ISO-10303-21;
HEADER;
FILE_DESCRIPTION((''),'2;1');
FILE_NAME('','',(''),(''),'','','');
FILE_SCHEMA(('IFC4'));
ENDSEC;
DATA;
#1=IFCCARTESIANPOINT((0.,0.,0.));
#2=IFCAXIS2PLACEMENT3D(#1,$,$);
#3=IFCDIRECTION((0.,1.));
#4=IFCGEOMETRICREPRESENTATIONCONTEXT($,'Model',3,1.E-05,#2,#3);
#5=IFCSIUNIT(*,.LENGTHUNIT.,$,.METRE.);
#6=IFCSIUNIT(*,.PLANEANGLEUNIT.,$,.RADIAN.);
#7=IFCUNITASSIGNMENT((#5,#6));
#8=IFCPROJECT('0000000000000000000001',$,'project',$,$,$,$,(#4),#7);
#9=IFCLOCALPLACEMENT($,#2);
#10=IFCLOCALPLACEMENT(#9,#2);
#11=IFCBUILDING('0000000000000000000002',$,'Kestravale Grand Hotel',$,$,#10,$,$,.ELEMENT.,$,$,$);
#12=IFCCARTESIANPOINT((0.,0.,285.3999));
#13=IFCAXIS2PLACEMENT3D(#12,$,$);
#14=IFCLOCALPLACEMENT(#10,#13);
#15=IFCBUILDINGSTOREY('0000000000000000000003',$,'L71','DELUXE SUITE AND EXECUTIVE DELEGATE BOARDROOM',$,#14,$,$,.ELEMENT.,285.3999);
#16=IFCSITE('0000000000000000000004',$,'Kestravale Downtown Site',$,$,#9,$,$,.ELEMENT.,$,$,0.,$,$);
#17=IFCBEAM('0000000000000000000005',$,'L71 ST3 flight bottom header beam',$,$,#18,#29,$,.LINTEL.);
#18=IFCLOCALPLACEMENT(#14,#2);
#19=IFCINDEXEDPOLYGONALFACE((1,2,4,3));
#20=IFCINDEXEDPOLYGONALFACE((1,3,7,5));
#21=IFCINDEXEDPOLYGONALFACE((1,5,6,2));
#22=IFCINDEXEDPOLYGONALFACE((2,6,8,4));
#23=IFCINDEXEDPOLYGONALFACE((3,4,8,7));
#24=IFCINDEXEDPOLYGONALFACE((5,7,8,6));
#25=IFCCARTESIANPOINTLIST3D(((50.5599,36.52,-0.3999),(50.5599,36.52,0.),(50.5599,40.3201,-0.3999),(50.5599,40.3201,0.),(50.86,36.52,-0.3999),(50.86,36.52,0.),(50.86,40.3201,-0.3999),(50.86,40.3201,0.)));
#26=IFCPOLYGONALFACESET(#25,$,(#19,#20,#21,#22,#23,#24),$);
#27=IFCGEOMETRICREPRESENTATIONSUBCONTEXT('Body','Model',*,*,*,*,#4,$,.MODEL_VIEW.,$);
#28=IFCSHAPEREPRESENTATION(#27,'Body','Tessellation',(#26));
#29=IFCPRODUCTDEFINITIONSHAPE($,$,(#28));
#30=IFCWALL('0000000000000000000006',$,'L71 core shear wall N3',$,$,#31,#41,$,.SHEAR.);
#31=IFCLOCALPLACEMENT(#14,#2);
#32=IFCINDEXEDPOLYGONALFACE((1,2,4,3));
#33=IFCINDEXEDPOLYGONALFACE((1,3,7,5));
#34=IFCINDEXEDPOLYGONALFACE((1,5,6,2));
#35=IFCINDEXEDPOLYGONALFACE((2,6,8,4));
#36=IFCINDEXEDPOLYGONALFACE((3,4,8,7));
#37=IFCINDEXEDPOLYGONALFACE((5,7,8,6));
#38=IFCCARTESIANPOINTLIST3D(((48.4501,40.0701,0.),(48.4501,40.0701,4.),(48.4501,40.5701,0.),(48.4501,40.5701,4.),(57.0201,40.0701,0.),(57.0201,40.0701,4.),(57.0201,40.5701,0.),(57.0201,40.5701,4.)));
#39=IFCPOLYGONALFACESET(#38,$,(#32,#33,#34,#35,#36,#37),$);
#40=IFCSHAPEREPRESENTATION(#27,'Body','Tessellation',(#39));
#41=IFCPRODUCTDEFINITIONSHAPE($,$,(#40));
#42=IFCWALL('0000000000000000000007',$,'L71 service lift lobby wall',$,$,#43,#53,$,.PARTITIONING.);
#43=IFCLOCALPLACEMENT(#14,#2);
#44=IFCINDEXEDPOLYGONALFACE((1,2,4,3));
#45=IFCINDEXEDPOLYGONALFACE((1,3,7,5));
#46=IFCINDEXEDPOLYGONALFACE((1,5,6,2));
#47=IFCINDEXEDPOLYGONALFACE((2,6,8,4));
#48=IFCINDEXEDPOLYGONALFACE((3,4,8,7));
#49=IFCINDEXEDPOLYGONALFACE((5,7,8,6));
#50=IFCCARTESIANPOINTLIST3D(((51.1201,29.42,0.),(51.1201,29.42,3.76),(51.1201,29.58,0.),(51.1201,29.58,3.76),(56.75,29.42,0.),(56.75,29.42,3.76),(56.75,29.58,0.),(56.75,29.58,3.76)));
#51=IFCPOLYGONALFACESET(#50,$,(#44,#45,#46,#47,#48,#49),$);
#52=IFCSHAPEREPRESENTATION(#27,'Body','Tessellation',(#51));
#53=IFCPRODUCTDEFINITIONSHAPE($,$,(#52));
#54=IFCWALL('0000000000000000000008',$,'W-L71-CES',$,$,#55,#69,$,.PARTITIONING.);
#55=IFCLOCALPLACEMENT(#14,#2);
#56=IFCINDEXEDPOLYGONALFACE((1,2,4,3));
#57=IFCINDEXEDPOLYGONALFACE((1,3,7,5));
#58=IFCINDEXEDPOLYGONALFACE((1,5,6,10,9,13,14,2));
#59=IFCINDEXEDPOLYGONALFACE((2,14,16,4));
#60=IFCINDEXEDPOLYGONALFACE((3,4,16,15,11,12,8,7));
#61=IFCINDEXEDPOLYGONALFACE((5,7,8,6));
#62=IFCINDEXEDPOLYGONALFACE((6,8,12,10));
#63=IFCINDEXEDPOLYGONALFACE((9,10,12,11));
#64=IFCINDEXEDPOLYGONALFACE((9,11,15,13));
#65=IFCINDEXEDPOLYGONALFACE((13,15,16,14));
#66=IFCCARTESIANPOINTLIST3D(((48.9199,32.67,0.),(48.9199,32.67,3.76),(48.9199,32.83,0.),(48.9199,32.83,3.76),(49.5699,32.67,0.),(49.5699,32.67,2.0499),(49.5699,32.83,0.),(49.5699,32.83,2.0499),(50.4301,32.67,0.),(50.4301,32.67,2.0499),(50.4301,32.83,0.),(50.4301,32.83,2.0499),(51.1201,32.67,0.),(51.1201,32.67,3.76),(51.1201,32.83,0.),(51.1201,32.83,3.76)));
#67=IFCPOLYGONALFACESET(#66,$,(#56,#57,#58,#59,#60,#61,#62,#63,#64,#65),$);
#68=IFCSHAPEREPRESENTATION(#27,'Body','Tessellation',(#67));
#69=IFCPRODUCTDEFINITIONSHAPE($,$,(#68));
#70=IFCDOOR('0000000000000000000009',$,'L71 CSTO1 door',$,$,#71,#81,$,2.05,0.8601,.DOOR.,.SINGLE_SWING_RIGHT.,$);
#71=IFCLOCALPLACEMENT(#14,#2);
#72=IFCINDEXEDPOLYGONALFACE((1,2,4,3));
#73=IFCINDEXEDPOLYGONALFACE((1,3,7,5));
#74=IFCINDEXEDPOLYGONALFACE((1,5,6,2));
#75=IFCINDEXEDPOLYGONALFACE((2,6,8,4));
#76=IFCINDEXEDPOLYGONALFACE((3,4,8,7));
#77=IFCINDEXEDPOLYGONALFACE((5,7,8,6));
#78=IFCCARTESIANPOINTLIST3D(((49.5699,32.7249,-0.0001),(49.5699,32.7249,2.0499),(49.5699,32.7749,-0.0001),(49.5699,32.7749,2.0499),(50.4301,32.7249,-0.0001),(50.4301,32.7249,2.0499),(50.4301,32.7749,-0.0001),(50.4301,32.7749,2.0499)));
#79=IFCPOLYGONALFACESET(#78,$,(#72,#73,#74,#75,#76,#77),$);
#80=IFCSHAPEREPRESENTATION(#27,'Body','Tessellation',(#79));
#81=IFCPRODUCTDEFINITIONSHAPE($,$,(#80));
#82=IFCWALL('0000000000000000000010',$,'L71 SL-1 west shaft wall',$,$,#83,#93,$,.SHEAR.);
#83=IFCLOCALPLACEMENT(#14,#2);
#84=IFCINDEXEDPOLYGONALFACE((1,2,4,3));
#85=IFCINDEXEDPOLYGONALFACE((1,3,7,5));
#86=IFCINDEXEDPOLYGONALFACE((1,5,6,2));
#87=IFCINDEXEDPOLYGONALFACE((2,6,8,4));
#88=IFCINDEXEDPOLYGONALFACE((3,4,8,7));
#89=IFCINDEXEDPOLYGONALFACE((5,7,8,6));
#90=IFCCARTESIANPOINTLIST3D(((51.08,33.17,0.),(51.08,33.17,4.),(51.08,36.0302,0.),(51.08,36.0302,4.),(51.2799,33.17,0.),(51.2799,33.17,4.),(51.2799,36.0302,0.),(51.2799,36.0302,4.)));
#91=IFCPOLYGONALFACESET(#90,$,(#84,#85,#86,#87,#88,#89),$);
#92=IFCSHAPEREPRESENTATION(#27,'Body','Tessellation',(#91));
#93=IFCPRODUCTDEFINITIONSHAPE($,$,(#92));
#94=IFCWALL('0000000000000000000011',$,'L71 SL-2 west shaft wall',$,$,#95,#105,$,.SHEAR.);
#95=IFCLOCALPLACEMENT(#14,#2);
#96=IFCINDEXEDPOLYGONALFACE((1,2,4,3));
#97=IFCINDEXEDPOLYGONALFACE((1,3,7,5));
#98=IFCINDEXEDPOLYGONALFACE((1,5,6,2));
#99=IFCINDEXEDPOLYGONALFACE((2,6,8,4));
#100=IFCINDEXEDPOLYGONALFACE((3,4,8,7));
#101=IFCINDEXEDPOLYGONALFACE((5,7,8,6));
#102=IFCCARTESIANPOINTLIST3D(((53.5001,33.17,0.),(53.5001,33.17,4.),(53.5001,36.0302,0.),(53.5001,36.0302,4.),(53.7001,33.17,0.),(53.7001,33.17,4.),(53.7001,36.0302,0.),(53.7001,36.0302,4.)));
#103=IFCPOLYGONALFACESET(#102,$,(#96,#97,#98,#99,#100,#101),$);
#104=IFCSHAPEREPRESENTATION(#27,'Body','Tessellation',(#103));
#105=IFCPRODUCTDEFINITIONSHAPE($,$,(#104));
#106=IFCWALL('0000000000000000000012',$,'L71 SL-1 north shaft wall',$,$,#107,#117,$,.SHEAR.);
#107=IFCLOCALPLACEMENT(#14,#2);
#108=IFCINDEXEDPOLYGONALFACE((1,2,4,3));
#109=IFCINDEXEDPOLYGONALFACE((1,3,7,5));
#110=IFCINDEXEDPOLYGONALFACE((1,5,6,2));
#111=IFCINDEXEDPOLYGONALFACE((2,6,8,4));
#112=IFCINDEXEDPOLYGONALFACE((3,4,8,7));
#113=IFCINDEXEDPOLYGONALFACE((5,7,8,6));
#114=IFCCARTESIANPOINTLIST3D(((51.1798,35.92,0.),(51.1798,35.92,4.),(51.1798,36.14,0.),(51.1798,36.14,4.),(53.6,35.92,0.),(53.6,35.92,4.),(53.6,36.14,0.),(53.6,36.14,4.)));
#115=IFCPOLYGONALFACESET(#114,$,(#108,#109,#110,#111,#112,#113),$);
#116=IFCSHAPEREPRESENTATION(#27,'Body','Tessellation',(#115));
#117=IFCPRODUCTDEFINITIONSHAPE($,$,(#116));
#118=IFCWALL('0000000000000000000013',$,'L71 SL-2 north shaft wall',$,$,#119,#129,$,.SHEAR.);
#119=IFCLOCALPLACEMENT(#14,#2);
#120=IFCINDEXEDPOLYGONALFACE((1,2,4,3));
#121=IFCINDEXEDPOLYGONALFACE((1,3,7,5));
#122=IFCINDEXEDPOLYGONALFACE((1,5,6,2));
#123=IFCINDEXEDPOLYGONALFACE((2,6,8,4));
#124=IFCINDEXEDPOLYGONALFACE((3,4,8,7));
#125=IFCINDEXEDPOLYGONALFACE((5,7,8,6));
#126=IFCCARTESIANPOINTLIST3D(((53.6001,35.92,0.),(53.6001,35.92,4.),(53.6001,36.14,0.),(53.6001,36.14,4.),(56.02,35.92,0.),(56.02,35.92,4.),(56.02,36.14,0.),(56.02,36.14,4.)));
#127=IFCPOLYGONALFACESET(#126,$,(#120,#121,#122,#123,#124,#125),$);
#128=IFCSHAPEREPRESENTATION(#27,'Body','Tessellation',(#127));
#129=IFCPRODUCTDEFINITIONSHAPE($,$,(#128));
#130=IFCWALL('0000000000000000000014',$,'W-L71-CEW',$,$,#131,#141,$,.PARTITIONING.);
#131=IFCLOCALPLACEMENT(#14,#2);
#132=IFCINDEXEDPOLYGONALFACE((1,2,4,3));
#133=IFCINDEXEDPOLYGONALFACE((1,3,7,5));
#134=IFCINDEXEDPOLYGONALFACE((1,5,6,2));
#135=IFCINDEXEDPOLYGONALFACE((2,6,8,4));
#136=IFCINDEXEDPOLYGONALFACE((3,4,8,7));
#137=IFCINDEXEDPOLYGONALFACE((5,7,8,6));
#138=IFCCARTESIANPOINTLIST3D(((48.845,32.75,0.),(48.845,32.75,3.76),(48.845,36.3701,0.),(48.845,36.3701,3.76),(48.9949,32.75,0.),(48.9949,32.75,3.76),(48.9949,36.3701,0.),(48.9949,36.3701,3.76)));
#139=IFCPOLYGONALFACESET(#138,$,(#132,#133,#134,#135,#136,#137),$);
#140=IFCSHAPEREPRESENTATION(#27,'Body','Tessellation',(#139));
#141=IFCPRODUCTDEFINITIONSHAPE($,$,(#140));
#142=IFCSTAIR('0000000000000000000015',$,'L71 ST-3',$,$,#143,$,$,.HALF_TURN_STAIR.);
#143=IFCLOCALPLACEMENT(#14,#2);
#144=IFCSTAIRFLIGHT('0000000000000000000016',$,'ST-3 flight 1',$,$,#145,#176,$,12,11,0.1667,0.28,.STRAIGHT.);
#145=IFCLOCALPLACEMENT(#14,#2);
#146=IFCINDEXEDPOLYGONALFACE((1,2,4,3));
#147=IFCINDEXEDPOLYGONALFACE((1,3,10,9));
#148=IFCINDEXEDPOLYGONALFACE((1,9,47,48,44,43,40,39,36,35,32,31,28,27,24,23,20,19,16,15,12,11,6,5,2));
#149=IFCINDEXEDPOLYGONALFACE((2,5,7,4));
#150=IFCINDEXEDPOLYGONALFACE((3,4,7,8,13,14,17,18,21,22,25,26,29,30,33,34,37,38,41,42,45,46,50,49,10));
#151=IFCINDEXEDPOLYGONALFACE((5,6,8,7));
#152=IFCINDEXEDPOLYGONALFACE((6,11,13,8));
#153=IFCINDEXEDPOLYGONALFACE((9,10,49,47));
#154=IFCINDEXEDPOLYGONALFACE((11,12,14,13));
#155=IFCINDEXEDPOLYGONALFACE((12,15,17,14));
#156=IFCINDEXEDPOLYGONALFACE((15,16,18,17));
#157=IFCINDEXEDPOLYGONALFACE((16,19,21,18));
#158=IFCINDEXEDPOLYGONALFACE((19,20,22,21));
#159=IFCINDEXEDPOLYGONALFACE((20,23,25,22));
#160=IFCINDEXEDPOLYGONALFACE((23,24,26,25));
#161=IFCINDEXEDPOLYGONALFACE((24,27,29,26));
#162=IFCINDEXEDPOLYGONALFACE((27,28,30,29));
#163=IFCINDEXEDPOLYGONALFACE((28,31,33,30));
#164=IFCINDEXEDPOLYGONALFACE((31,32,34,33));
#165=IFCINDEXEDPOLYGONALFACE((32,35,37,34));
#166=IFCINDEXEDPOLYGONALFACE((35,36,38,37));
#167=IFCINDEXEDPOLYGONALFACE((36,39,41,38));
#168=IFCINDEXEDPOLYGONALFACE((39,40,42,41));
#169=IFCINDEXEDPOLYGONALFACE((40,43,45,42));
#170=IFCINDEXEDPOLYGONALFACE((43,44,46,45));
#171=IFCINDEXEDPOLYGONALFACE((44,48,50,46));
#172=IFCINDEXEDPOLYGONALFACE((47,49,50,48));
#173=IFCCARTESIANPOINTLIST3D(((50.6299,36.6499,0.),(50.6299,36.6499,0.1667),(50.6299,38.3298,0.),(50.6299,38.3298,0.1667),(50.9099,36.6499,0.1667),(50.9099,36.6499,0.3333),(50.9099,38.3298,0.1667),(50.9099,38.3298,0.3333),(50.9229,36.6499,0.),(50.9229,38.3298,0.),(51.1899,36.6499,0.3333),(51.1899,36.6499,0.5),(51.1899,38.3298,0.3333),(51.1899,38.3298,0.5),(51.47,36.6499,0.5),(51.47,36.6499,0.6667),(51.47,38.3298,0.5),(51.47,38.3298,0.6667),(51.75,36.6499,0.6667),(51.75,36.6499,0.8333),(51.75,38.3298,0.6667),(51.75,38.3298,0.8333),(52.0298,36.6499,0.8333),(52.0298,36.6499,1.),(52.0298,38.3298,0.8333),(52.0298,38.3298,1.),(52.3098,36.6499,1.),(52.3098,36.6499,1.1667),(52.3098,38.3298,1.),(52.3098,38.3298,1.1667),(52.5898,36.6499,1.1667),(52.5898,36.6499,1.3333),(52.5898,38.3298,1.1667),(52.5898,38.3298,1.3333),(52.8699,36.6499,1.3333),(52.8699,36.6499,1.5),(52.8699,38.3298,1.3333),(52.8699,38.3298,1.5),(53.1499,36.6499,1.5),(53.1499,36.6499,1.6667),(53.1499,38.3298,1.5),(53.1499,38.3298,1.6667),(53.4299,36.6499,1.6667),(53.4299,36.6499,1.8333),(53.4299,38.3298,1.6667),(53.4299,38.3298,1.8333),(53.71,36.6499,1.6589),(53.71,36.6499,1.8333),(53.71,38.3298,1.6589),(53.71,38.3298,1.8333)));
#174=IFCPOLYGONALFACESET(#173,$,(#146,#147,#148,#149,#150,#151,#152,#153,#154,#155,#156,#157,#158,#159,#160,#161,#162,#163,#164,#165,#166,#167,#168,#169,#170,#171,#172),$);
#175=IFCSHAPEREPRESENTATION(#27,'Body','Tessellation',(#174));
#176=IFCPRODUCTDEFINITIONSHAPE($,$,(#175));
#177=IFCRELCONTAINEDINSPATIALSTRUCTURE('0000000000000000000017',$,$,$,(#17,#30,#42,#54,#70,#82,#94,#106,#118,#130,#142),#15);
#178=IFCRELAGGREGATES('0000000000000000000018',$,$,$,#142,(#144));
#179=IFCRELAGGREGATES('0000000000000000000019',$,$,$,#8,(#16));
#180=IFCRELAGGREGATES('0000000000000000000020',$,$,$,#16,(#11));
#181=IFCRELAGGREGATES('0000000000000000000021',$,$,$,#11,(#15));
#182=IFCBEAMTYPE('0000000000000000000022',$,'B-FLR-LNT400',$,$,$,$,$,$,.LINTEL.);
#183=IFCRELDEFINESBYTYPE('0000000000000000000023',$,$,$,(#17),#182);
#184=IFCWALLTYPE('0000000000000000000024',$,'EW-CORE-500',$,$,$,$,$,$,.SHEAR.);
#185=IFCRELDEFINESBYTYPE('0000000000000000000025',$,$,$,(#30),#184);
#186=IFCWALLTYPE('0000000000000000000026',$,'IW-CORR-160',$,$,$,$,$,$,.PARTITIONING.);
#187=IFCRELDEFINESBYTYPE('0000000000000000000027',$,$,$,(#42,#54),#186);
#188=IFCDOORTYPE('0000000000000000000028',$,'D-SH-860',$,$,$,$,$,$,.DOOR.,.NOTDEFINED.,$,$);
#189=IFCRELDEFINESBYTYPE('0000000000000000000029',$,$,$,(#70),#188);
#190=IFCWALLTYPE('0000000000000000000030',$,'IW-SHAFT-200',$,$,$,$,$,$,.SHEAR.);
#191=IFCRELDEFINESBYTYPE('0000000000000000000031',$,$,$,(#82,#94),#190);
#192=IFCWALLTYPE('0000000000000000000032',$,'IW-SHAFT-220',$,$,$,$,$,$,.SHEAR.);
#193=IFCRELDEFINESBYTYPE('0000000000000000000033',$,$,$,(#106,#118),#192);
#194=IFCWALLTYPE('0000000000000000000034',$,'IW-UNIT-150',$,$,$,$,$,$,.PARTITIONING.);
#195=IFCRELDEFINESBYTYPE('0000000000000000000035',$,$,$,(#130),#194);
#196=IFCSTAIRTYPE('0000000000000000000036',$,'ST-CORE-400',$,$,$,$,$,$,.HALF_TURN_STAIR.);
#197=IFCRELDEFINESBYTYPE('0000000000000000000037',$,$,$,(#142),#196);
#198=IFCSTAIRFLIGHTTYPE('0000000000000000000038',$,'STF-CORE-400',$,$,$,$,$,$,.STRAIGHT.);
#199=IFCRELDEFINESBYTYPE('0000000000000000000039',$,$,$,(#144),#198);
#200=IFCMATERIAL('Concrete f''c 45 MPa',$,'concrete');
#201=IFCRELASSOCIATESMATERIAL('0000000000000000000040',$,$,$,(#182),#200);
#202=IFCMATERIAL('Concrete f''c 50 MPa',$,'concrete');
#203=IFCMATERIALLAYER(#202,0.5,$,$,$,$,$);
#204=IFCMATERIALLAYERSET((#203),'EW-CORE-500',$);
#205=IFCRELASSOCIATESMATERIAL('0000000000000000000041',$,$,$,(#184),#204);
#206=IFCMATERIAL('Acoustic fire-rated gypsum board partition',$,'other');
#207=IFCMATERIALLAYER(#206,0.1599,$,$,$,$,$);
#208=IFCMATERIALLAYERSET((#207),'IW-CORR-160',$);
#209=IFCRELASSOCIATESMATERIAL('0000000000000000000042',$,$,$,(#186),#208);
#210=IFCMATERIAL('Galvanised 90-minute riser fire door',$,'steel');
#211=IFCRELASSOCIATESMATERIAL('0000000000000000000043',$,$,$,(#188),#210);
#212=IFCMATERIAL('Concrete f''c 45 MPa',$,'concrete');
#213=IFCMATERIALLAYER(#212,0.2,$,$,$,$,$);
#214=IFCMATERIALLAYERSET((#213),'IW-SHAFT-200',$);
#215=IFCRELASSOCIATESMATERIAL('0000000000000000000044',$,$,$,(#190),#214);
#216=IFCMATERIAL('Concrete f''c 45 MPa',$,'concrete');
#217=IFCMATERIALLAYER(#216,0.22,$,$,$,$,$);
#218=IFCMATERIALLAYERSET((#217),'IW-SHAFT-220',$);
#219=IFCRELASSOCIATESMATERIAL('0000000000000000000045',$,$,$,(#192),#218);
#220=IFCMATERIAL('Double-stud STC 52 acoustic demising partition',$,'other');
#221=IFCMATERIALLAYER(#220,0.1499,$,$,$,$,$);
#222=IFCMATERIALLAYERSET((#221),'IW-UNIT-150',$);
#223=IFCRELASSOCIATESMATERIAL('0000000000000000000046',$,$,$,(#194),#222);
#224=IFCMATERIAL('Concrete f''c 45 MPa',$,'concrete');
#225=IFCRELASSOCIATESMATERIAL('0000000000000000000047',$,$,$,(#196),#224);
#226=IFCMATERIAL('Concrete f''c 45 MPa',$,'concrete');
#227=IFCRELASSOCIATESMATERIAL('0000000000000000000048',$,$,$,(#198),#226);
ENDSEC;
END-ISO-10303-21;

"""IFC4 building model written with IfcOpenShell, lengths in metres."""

from ifc_helpers import new_model, si_unit, direction, frame, frame_2d, origin, origin_2d, place, context, subcontext, project, spatial, polyline, rectangle, outline, extrude, material, layer, layer_set, material_profile, profile_set, type_object, element, fill, aggregate, save


model = new_model("IFC4")

# Units and contexts
model_context = context("Model", 3, precision=1e-05, world=origin(), true_north=direction((0.0, 1.0)))
body_context = subcontext(model_context, "Body", "Model", "MODEL_VIEW")
ifc_project = project(units=[si_unit("LENGTHUNIT", "METRE"), si_unit("PLANEANGLEUNIT", "RADIAN")], contexts=[model_context])

# Site, building, storey
site_placement = place(None, origin())
site = spatial("IfcSite", under=ifc_project, at=site_placement, Name="Kestravale Downtown Site", CompositionType="ELEMENT", RefElevation=0.0)
building_placement = place(site_placement, origin())
building = spatial("IfcBuilding", under=site, at=building_placement, Name="Kestravale Grand Hotel", CompositionType="ELEMENT")
storey_placement = place(building_placement, frame((0.0, 0.0, 285.3999)))
storey = spatial("IfcBuildingStorey", under=building, at=storey_placement, Name="L71", Description="DELUXE SUITE AND EXECUTIVE DELEGATE BOARDROOM", CompositionType="ELEMENT", Elevation=285.3999)

# Beam
ifc_material_1 = material(Name="Concrete f'c 45 MPa", Category="concrete")
ifc_material_profile = material_profile(ifc_material_1, rectangle(XDim=0.3, YDim=0.3999, at=origin_2d()))
ifc_profile_set = profile_set([ifc_material_profile], Name="Concrete f'c 45 MPa")
beam_type = type_object("IfcBeamType", Name="B-FLR-LNT400", PredefinedType="LINTEL", material=ifc_profile_set)
beam_placement = place(storey_placement, frame((50.71, 36.52, -0.2), z_axis=(0.0, 1.0, 0.0), x_axis=(-1.0, 0.0, 0.0)))
element("IfcBeam", 1, at=beam_placement, inside=storey, type_object=beam_type, Name="L71 ST3 flight bottom header beam", PredefinedType="LINTEL", context=body_context, shape_type="SweptSolid", body=[
    extrude(rectangle(XDim=0.3, YDim=0.3999, at=origin_2d()), origin(), (0.0, 0.0, 1.0), 3.8),
])

# Wall
ifc_material_2 = material(Name="Concrete f'c 50 MPa", Category="concrete")
ifc_layer_1 = layer(ifc_material_2, 0.5)
ifc_layer_set_1 = layer_set([ifc_layer_1], Name="EW-CORE-500")
wall_type_1 = type_object("IfcWallType", Name="EW-CORE-500", PredefinedType="SHEAR", material=ifc_layer_set_1)
wall_1_placement = place(storey_placement, frame((48.45, 40.3201, 0.0), z_axis=(0.0, 0.0, 1.0), x_axis=(1.0, 0.0, 0.0)))
element("IfcWall", 2, at=wall_1_placement, inside=storey, type_object=wall_type_1, Name="L71 core shear wall N3", PredefinedType="SHEAR", context=body_context, shape_type="SweptSolid", body=[
    extrude(rectangle(XDim=8.5701, YDim=0.5, at=frame_2d((4.2852, 0.0))), origin(), (0.0, 0.0, 1.0), 4.0),
])

# Shared definitions
ifc_material_3 = material(Name="Acoustic fire-rated gypsum board partition", Category="other")
ifc_layer_2 = layer(ifc_material_3, 0.1599)
ifc_layer_set_2 = layer_set([ifc_layer_2], Name="IW-CORR-160")
wall_type_2 = type_object("IfcWallType", Name="IW-CORR-160", PredefinedType="PARTITIONING", material=ifc_layer_set_2)

# Wall
wall_2_placement = place(storey_placement, frame((51.1201, 29.5, 0.0), z_axis=(0.0, 0.0, 1.0), x_axis=(1.0, 0.0, 0.0)))
element("IfcWall", 3, at=wall_2_placement, inside=storey, type_object=wall_type_2, Name="L71 service lift lobby wall", PredefinedType="PARTITIONING", context=body_context, shape_type="SweptSolid", body=[
    extrude(rectangle(XDim=5.6299, YDim=0.1599, at=frame_2d((2.8149, 0.0))), origin(), (0.0, 0.0, 1.0), 3.76),
])

# Wall, opening, door
wall_3_placement = place(storey_placement, frame((48.9199, 32.75, 0.0), z_axis=(0.0, 0.0, 1.0), x_axis=(1.0, 0.0, 0.0)))
wall_3 = element("IfcWall", 4, at=wall_3_placement, inside=storey, type_object=wall_type_2, Name="W-L71-CES", PredefinedType="PARTITIONING", context=body_context, shape_type="SweptSolid", body=[
    extrude(rectangle(XDim=2.2002, YDim=0.1599, at=frame_2d((1.1001, 0.0))), origin(), (0.0, 0.0, 1.0), 3.76),
])
opening_1_placement = place(wall_3_placement, frame((0.6499, 0.0, 0.0)))
opening_1 = element("IfcOpeningElement", 5, at=opening_1_placement, cuts=wall_3, PredefinedType="OPENING", context=body_context, shape_type="SweptSolid", body=[
    extrude(rectangle(XDim=0.8601, YDim=2.05, at=frame_2d((0.4302, 1.0249))), frame((0.0, 0.0898, 0.0), z_axis=(0.0, -1.0, 0.0), x_axis=(1.0, 0.0, 0.0)), (0.0, 0.0, 1.0), 0.1799),
])
ifc_material_4 = material(Name="Galvanised 90-minute riser fire door", Category="steel")
door_type_1 = type_object("IfcDoorType", Name="D-SH-860", OperationType="NOTDEFINED", PredefinedType="DOOR", material=ifc_material_4)
door_1_placement = place(opening_1_placement, origin())
door_1 = element("IfcDoor", 6, at=door_1_placement, inside=storey, type_object=door_type_1, Name="L71 CSTO1 door", OperationType="SINGLE_SWING_RIGHT", OverallHeight=2.05, OverallWidth=0.8601, PredefinedType="DOOR", context=body_context, shape_type="SweptSolid", body=[
    extrude(rectangle(XDim=0.8601, YDim=2.05, at=frame_2d((0.4302, 1.0249))), frame((0.0, 0.0249, 0.0), z_axis=(0.0, -1.0, 0.0), x_axis=(1.0, 0.0, 0.0)), (0.0, 0.0, 1.0), 0.05),
])
fill(opening_1, door_1)

# Walls
ifc_material_5 = material(Name="Concrete f'c 45 MPa", Category="concrete")
ifc_layer_3 = layer(ifc_material_5, 0.2)
ifc_layer_set_3 = layer_set([ifc_layer_3], Name="IW-SHAFT-200")
wall_type_3 = type_object("IfcWallType", Name="IW-SHAFT-200", PredefinedType="SHEAR", material=ifc_layer_set_3)
for number, where, z_axis, x_axis, name in (
    (7, (51.1799, 33.1699, 0.0), (0.0, 0.0, 1.0), (0.0, 1.0, 0.0), "L71 SL-1 west shaft wall"),
    (8, (53.6001, 33.1699, 0.0), (0.0, 0.0, 1.0), (0.0, 1.0, 0.0), "L71 SL-2 west shaft wall"),
):
    element("IfcWall", number, at=place(storey_placement, frame(where, z_axis=z_axis, x_axis=x_axis)), inside=storey, type_object=wall_type_3, Name=name, PredefinedType="SHEAR", context=body_context, shape_type="SweptSolid", body=[
        extrude(rectangle(XDim=2.8601, YDim=0.2, at=frame_2d((1.4302, 0.0))), origin(), (0.0, 0.0, 1.0), 4.0),
    ])
ifc_material_6 = material(Name="Concrete f'c 45 MPa", Category="concrete")
ifc_layer_4 = layer(ifc_material_6, 0.22)
ifc_layer_set_4 = layer_set([ifc_layer_4], Name="IW-SHAFT-220")
wall_type_4 = type_object("IfcWallType", Name="IW-SHAFT-220", PredefinedType="SHEAR", material=ifc_layer_set_4)
wall_4_placement = place(storey_placement, frame((51.1799, 36.03, 0.0), z_axis=(0.0, 0.0, 1.0), x_axis=(1.0, 0.0, 0.0)))
element("IfcWall", 9, at=wall_4_placement, inside=storey, type_object=wall_type_4, Name="L71 SL-1 north shaft wall", PredefinedType="SHEAR", context=body_context, shape_type="SweptSolid", body=[
    extrude(rectangle(XDim=2.4202, YDim=0.22, at=frame_2d((1.21, 0.0))), origin(), (0.0, 0.0, 1.0), 4.0),
])

# Wall
wall_5_placement = place(storey_placement, frame((53.6001, 36.03, 0.0), z_axis=(0.0, 0.0, 1.0), x_axis=(1.0, 0.0, 0.0)))
element("IfcWall", 10, at=wall_5_placement, inside=storey, type_object=wall_type_4, Name="L71 SL-2 north shaft wall", PredefinedType="SHEAR", context=body_context, shape_type="SweptSolid", body=[
    extrude(rectangle(XDim=2.4199, YDim=0.22, at=frame_2d((1.21, 0.0))), origin(), (0.0, 0.0, 1.0), 4.0),
])

# Wall
ifc_material_7 = material(Name="Double-stud STC 52 acoustic demising partition", Category="other")
ifc_layer_5 = layer(ifc_material_7, 0.1499)
ifc_layer_set_5 = layer_set([ifc_layer_5], Name="IW-UNIT-150")
wall_type_5 = type_object("IfcWallType", Name="IW-UNIT-150", PredefinedType="PARTITIONING", material=ifc_layer_set_5)
wall_6_placement = place(storey_placement, frame((48.9199, 32.75, 0.0), z_axis=(0.0, 0.0, 1.0), x_axis=(0.0, 1.0, 0.0)))
element("IfcWall", 11, at=wall_6_placement, inside=storey, type_object=wall_type_5, Name="W-L71-CEW", PredefinedType="PARTITIONING", context=body_context, shape_type="SweptSolid", body=[
    extrude(rectangle(XDim=3.6201, YDim=0.1499, at=frame_2d((1.8101, 0.0))), origin(), (0.0, 0.0, 1.0), 3.76),
])

# Stair, stair flight
ifc_material_8 = material(Name="Concrete f'c 45 MPa", Category="concrete")
stair_type = type_object("IfcStairType", Name="ST-CORE-400", PredefinedType="HALF_TURN_STAIR", material=ifc_material_8)
stair_placement = place(storey_placement, origin())
stair = element("IfcStair", 12, at=stair_placement, inside=storey, type_object=stair_type, Name="L71 ST-3", PredefinedType="HALF_TURN_STAIR")
ifc_material_9 = material(Name="Concrete f'c 45 MPa", Category="concrete")
stair_flight_type = type_object("IfcStairFlightType", Name="STF-CORE-400", PredefinedType="STRAIGHT", material=ifc_material_9)
stair_flight_placement = place(storey_placement, frame((50.6299, 37.49, 0.0), z_axis=(0.0, 0.0, 1.0), x_axis=(1.0, 0.0, 0.0)))
stair_flight = element("IfcStairFlight", 13, at=stair_flight_placement, type_object=stair_flight_type, Name="ST-3 flight 1", NumberOfRisers=12, NumberOfTreads=11, PredefinedType="STRAIGHT", RiserHeight=0.1667, TreadLength=0.28, context=body_context, shape_type="SweptSolid", body=[
    extrude(outline(polyline([(0.0, 0.0), (0.0, 0.1667), (0.28, 0.1667), (0.28, 0.3333), (0.5601, 0.3333), (0.5601, 0.5), (0.8401, 0.5), (0.8401, 0.6667), (1.1201, 0.6667), (1.1201, 0.8333), (1.3999, 0.8333), (1.3999, 1.0), (1.6799, 1.0), (1.6799, 1.1667), (1.96, 1.1667), (1.96, 1.3333), (2.24, 1.3333), (2.24, 1.5), (2.52, 1.5), (2.52, 1.6667), (2.8, 1.6667), (2.8, 1.8333), (3.0801, 1.8333), (3.0801, 2.0), (3.0801, 1.6589), (0.293, 0.0), (0.0, 0.0)])), frame((0.0, 0.8398, 0.0), z_axis=(0.0, -1.0, 0.0), x_axis=(1.0, 0.0, 0.0)), (0.0, 0.0, 1.0), 1.6799),
])
aggregate(stair, [stair_flight])

save(model, "model.ifc")
